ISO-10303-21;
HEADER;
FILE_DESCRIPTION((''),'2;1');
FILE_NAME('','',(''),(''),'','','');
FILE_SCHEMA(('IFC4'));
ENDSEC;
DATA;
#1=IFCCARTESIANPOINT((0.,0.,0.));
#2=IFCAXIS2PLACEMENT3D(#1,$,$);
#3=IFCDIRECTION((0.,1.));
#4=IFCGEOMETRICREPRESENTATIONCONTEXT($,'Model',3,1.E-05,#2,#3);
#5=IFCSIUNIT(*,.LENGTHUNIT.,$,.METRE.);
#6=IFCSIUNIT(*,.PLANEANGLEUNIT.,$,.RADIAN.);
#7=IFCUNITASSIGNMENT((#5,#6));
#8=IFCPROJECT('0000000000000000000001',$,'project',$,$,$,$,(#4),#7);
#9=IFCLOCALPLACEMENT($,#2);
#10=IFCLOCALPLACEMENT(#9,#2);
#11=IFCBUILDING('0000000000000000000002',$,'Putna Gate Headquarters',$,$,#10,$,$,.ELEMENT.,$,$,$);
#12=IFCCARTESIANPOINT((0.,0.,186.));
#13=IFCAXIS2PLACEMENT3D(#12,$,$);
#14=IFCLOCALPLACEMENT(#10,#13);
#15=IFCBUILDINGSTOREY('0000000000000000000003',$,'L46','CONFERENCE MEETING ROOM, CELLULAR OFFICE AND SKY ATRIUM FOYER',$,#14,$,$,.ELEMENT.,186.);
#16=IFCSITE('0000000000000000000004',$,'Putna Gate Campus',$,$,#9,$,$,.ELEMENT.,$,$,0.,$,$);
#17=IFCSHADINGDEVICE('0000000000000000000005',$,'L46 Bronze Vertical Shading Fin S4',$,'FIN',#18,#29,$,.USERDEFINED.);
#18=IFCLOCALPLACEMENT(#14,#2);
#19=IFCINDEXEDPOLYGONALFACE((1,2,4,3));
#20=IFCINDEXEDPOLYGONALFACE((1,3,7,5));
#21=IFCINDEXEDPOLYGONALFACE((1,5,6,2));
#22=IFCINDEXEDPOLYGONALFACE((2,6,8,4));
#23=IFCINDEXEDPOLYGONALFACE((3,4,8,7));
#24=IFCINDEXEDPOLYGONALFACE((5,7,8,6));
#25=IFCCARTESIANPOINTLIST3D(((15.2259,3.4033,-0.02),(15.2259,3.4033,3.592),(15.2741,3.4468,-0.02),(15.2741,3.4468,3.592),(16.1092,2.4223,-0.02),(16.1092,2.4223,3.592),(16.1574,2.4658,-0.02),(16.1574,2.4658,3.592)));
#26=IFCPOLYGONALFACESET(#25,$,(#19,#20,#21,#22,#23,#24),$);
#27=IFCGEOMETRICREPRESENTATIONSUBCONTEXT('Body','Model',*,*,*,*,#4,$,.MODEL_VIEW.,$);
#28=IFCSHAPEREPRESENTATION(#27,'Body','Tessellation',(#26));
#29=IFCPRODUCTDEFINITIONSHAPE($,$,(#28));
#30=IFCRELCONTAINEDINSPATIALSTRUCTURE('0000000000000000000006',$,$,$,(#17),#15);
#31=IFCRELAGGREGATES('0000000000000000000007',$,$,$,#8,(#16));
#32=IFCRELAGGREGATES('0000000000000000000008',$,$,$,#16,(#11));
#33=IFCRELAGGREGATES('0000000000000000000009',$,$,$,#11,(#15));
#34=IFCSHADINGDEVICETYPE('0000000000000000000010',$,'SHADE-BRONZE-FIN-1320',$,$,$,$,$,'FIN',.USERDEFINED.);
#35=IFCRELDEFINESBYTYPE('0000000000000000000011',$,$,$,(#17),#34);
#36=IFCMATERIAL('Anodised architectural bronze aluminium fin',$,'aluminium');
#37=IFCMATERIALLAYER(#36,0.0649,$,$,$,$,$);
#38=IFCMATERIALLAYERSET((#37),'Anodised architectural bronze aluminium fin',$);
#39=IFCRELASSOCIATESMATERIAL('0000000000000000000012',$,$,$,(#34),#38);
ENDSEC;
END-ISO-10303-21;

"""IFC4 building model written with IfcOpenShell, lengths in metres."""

from ifc_helpers import new_model, si_unit, direction, frame, origin, origin_2d, place, context, subcontext, project, spatial, rectangle, extrude, material, layer, layer_set, type_object, element, save


model = new_model("IFC4")

# Units and contexts
model_context = context("Model", 3, precision=1e-05, world=origin(), true_north=direction((0.0, 1.0)))
body_context = subcontext(model_context, "Body", "Model", "MODEL_VIEW")
ifc_project = project(units=[si_unit("LENGTHUNIT", "METRE"), si_unit("PLANEANGLEUNIT", "RADIAN")], contexts=[model_context])

# Site, building, storey
site_placement = place(None, origin())
site = spatial("IfcSite", under=ifc_project, at=site_placement, Name="Putna Gate Campus", CompositionType="ELEMENT", RefElevation=0.0)
building_placement = place(site_placement, origin())
building = spatial("IfcBuilding", under=site, at=building_placement, Name="Putna Gate Headquarters", CompositionType="ELEMENT")
storey_placement = place(building_placement, frame((0.0, 0.0, 186.0)))
storey = spatial("IfcBuildingStorey", under=building, at=storey_placement, Name="L46", Description="CONFERENCE MEETING ROOM, CELLULAR OFFICE AND SKY ATRIUM FOYER", CompositionType="ELEMENT", Elevation=186.0)

# Shading device
ifc_material_1 = material(Name="Anodised architectural bronze aluminium fin", Category="aluminium")
ifc_layer_1 = layer(ifc_material_1, 0.0649)
ifc_layer_set_1 = layer_set([ifc_layer_1], Name="Anodised architectural bronze aluminium fin")
shading_device_type = type_object("IfcShadingDeviceType", Name="SHADE-BRONZE-FIN-1320", ElementType="FIN", PredefinedType="USERDEFINED", material=ifc_layer_set_1)
for number, where, z_axis, x_axis, name in (
    (1, (15.6917, 2.9346, -0.02), (0.0, 0.0, 1.0), (0.669131, -0.743145, 0.0), "L46 Bronze Vertical Shading Fin S4"),
):
    element("IfcShadingDevice", number, at=place(storey_placement, frame(where, z_axis=z_axis, x_axis=x_axis)), inside=storey, type_object=shading_device_type, Name=name, ObjectType="FIN", PredefinedType="USERDEFINED", context=body_context, shape_type="SweptSolid", body=[
        extrude(rectangle(XDim=1.3201, YDim=0.0649, at=origin_2d()), origin(), (0.0, 0.0, 1.0), 3.6121),
    ])

save(model, "model.ifc")
